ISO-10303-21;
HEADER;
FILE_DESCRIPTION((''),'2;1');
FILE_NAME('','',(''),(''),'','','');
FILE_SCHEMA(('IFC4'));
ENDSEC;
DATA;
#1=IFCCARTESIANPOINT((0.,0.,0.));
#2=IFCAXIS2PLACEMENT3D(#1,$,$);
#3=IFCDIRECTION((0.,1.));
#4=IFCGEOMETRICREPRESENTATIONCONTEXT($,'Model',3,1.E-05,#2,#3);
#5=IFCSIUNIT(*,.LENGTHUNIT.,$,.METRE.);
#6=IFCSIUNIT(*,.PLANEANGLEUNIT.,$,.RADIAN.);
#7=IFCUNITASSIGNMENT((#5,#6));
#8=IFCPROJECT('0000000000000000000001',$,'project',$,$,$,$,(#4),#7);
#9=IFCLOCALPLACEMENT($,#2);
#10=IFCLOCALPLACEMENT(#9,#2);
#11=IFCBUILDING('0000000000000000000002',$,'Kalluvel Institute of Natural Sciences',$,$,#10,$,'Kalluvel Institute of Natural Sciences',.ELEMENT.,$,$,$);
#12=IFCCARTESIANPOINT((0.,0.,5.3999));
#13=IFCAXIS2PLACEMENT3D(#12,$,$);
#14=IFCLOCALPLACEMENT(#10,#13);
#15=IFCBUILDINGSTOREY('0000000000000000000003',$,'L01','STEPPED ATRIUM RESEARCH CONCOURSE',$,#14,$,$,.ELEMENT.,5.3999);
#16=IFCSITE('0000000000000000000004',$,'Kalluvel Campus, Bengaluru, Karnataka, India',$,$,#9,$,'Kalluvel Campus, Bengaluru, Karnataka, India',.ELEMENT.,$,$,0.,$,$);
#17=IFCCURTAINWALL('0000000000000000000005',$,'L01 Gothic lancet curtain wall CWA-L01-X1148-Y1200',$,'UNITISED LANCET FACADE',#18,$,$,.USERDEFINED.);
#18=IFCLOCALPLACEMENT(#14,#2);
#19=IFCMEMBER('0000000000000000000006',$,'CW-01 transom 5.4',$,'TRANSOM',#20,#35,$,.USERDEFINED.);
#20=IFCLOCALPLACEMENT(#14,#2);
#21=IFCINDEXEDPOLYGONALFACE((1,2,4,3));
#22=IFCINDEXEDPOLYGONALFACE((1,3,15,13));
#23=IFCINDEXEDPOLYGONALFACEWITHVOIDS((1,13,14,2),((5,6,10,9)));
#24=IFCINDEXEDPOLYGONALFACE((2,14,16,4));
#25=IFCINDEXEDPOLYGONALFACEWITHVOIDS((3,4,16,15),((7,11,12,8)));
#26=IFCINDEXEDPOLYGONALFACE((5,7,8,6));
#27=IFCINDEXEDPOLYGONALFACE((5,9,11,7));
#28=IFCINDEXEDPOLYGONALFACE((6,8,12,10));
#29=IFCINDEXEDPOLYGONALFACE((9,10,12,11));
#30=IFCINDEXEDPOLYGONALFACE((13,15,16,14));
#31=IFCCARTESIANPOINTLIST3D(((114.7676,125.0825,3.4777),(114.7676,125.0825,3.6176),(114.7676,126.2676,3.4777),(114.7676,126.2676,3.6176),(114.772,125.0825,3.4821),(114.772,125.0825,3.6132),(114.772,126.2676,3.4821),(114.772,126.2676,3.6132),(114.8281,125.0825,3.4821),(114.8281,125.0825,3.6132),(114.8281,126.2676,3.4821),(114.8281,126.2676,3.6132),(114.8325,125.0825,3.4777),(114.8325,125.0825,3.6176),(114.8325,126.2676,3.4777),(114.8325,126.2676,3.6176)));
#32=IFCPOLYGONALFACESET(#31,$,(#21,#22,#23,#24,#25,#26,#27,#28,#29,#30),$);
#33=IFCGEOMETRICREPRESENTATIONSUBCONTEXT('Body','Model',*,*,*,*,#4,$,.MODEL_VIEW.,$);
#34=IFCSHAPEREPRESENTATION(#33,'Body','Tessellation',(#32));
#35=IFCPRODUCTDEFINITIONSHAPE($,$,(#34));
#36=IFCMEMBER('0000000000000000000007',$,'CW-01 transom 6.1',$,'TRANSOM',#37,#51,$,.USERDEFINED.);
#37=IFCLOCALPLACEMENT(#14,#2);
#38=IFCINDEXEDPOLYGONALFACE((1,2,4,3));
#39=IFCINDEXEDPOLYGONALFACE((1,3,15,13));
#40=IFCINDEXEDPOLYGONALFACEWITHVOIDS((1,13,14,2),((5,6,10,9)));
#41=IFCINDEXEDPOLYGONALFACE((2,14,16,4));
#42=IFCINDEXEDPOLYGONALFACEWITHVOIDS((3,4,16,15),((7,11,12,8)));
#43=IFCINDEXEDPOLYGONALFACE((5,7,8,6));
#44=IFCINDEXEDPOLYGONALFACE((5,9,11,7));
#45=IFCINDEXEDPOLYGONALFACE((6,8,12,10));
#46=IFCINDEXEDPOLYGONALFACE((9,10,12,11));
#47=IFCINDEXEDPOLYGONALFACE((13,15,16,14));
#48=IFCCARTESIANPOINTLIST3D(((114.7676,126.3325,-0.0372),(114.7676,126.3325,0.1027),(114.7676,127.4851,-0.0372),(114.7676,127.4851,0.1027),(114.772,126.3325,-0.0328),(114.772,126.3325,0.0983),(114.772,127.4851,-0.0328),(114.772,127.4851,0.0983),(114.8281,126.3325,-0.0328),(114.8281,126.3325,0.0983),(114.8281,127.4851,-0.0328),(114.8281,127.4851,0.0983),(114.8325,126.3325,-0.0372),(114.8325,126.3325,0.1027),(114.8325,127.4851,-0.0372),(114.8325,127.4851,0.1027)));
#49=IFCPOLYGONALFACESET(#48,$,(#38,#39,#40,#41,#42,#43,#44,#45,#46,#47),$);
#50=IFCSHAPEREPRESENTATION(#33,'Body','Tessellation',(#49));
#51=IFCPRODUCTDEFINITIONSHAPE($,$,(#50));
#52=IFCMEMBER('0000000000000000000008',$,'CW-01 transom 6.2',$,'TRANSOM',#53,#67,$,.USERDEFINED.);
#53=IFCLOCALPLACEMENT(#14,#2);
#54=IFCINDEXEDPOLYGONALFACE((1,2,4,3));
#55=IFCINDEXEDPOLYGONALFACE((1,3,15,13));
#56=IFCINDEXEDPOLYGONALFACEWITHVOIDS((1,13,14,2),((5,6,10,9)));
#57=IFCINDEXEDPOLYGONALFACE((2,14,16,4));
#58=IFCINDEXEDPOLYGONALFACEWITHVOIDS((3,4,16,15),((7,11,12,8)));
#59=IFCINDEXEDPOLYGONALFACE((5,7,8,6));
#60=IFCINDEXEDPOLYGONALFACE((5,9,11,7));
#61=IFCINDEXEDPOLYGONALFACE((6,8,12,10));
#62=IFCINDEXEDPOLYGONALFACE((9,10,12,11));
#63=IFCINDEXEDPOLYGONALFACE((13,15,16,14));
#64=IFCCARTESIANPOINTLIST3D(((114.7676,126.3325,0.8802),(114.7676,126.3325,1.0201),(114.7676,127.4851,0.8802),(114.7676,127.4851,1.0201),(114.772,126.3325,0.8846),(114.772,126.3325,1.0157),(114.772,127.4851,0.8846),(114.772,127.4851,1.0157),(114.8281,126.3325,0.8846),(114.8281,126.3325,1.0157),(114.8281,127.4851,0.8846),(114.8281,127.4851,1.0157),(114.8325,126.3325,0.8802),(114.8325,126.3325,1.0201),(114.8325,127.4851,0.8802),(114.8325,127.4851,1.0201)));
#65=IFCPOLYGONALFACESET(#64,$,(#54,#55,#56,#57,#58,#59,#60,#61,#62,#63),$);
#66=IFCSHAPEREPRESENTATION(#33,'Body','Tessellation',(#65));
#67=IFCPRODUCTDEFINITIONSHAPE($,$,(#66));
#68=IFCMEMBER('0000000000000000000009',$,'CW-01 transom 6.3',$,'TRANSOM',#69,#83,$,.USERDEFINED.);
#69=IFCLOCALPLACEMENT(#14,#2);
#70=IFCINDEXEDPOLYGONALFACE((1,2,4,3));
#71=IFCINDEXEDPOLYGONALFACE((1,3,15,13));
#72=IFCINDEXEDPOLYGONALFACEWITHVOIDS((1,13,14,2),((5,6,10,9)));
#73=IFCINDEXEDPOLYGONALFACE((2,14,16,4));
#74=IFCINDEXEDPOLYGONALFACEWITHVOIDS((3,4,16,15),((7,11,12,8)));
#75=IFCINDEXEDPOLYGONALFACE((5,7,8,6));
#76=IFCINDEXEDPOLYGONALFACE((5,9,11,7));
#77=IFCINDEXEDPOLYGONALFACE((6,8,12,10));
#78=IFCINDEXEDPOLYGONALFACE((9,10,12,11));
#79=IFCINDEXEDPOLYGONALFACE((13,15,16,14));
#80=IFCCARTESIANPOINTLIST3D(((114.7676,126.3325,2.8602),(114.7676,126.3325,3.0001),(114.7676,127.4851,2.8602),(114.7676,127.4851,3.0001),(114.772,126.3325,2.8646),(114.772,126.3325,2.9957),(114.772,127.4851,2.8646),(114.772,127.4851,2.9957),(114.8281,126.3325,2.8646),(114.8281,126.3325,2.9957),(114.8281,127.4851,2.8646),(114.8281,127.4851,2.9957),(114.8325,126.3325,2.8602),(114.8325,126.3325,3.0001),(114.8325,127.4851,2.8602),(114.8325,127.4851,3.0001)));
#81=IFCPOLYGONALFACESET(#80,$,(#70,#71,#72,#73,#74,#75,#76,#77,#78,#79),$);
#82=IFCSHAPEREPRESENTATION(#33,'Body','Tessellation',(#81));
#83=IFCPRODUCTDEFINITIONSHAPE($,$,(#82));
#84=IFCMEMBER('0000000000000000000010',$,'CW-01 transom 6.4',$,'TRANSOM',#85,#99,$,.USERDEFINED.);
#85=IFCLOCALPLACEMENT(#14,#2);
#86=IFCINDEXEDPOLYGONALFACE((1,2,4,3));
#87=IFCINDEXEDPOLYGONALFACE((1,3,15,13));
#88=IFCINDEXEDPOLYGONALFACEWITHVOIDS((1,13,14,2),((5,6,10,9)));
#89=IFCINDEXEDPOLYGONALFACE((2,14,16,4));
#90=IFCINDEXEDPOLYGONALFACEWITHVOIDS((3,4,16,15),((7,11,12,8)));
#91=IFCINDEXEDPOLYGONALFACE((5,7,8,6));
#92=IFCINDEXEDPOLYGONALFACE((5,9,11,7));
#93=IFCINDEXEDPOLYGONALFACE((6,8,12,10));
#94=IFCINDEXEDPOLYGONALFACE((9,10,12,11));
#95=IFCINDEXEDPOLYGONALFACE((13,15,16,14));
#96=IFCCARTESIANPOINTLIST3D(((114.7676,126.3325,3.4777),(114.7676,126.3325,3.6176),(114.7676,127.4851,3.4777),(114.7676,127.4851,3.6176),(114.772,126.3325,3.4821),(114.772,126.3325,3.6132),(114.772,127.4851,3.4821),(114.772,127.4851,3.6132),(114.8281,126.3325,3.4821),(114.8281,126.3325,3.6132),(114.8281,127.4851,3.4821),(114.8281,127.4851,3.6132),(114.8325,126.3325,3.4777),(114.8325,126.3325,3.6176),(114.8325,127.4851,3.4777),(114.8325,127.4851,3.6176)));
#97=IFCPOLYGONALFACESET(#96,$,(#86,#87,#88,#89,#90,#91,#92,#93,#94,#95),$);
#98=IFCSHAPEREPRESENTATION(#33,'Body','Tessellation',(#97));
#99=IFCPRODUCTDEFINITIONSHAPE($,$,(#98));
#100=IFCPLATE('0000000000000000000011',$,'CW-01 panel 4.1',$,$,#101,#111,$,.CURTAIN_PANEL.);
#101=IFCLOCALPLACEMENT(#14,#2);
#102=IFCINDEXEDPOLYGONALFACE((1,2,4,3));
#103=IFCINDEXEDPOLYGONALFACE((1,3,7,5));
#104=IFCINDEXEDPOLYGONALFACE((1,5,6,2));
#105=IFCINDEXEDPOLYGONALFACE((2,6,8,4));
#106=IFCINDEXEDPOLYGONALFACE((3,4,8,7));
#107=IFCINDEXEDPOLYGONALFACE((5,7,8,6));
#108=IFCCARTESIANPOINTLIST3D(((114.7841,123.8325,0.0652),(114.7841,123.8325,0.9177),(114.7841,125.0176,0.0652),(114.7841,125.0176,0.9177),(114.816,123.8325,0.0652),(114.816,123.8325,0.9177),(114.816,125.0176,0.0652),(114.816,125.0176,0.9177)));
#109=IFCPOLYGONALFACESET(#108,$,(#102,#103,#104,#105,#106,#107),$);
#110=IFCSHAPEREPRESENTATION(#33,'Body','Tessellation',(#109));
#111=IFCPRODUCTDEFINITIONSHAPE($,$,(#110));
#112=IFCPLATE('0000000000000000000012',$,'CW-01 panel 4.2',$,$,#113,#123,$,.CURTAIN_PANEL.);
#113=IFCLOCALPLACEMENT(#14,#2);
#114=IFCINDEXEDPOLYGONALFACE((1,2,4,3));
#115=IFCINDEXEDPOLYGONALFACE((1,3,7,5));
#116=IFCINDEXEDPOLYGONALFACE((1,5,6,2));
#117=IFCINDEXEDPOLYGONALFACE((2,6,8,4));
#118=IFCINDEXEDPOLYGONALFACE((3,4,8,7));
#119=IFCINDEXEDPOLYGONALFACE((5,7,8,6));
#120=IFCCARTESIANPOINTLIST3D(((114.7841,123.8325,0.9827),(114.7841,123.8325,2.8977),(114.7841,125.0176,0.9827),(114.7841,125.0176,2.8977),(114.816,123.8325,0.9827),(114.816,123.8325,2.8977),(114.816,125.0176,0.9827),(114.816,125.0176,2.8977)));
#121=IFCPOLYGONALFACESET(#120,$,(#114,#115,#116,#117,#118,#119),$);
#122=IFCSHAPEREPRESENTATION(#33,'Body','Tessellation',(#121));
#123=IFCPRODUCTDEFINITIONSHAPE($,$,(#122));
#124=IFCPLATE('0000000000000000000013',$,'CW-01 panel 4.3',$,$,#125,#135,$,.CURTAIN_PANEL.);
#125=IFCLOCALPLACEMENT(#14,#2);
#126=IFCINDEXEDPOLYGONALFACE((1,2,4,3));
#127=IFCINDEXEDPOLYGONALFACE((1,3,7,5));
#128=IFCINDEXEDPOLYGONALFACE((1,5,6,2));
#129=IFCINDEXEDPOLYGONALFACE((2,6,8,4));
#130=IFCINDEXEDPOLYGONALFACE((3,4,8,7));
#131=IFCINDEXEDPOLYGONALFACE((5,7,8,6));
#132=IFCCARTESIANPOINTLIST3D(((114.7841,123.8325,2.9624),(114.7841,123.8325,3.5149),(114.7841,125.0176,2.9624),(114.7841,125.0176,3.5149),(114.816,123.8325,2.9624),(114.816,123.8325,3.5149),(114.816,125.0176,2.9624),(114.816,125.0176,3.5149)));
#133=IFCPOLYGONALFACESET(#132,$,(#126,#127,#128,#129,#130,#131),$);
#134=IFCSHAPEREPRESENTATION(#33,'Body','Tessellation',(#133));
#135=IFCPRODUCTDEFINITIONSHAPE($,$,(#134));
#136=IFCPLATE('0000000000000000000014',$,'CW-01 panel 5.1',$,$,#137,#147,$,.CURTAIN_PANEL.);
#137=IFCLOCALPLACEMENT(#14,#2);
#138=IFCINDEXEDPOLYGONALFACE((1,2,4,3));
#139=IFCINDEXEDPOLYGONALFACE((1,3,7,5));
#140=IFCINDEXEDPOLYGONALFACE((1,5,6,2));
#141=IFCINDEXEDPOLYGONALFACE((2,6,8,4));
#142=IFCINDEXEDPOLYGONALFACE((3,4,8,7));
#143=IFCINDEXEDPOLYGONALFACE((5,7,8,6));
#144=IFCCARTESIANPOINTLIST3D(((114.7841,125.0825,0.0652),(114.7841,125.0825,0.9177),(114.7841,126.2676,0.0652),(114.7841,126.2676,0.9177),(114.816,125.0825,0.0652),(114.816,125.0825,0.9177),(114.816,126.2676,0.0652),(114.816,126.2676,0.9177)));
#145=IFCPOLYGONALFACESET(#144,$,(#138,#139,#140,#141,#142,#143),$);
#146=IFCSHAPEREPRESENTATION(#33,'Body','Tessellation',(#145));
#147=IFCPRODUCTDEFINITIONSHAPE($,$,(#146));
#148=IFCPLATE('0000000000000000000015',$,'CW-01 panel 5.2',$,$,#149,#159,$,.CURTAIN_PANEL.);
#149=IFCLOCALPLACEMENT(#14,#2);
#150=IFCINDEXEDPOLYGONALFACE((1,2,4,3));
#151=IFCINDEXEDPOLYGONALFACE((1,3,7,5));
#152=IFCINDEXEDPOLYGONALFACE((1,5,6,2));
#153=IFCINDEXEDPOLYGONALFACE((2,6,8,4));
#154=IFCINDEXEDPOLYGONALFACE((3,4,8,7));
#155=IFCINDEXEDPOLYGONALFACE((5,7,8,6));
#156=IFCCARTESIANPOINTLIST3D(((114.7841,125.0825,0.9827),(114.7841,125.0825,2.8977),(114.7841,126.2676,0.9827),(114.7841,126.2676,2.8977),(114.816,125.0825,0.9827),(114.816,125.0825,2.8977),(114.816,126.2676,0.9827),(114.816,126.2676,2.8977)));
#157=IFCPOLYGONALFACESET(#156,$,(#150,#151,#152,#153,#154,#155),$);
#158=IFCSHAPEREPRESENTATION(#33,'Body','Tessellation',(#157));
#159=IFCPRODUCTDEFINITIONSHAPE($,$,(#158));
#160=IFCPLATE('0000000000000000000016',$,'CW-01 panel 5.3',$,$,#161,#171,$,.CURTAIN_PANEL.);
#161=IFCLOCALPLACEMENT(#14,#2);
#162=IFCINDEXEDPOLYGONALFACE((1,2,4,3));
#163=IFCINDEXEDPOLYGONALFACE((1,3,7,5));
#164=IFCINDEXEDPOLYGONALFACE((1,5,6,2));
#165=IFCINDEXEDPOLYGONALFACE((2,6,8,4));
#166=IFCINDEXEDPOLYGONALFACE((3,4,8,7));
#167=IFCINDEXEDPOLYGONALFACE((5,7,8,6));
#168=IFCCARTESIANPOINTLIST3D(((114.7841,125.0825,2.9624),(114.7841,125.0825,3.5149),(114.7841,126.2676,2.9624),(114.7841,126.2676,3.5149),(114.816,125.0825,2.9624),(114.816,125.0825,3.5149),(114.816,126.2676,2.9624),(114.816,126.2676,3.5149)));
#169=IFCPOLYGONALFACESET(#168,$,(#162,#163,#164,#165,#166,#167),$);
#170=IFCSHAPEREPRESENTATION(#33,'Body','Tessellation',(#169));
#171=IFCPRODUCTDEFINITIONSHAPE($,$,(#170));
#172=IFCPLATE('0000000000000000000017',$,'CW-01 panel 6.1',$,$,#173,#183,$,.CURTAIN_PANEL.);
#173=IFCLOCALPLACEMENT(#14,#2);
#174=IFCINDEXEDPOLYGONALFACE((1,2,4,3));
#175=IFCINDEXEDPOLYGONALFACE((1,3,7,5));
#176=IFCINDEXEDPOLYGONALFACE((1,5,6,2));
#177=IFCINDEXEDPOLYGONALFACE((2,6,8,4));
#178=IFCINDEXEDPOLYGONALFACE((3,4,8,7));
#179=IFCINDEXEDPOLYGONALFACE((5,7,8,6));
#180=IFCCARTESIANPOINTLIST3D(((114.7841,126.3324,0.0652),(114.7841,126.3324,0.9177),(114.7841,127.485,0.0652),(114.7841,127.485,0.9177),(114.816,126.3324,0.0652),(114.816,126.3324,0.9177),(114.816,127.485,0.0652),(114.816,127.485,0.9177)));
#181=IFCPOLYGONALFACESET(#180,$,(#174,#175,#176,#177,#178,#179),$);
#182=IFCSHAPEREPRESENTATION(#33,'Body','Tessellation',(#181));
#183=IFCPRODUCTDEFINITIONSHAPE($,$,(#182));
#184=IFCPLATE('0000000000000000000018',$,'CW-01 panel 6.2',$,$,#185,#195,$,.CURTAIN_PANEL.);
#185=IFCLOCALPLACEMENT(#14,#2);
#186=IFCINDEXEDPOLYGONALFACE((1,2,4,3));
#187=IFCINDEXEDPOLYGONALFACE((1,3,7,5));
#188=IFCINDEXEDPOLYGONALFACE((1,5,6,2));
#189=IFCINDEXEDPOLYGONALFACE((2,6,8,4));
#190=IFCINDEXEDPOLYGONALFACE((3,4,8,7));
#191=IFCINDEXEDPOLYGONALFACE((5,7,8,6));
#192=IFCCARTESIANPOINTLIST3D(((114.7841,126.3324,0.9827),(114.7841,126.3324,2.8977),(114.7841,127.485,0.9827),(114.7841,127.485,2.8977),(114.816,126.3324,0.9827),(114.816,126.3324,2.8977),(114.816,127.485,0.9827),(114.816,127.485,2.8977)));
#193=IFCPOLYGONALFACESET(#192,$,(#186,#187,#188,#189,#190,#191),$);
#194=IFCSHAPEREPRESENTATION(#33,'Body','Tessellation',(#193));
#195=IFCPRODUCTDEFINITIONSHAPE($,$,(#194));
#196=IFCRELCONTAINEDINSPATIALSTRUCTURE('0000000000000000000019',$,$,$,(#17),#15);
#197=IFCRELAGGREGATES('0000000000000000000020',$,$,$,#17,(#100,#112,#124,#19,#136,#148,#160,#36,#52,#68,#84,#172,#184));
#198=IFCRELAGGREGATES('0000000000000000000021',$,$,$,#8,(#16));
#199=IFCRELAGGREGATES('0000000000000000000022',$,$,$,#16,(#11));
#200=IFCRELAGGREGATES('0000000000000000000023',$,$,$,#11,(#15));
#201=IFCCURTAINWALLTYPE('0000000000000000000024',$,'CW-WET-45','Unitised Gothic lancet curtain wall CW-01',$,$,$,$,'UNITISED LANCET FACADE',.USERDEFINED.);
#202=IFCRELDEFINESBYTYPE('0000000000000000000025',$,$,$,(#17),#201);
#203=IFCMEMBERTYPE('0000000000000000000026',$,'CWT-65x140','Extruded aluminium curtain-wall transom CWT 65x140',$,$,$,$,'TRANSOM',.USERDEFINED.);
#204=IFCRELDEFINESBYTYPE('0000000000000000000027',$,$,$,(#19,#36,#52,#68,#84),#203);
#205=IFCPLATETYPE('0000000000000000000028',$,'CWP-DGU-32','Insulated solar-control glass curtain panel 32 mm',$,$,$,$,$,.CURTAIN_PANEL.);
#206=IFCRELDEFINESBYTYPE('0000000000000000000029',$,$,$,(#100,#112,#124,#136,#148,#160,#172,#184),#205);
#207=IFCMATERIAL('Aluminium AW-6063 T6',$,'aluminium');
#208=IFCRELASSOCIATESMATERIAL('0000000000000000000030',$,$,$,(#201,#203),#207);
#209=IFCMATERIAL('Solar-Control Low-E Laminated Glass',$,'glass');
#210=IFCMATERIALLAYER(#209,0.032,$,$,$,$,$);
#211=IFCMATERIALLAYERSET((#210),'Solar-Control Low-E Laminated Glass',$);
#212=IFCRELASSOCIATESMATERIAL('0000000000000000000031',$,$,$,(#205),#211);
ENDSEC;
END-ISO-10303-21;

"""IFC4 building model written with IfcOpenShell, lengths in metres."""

from ifc_helpers import new_model, si_unit, direction, frame, origin, origin_2d, place, context, subcontext, project, spatial, rectangle, hollow_rectangle, extrude, material, layer, layer_set, material_profile, profile_set, type_object, element, aggregate, save


model = new_model("IFC4")

# Units and contexts
model_context = context("Model", 3, precision=1e-05, world=origin(), true_north=direction((0.0, 1.0)))
body_context = subcontext(model_context, "Body", "Model", "MODEL_VIEW")
ifc_project = project(units=[si_unit("LENGTHUNIT", "METRE"), si_unit("PLANEANGLEUNIT", "RADIAN")], contexts=[model_context])

# Site, building, storey
site_placement = place(None, origin())
site = spatial("IfcSite", under=ifc_project, at=site_placement, Name="Kalluvel Campus, Bengaluru, Karnataka, India", LongName="Kalluvel Campus, Bengaluru, Karnataka, India", CompositionType="ELEMENT", RefElevation=0.0)
building_placement = place(site_placement, origin())
building = spatial("IfcBuilding", under=site, at=building_placement, Name="Kalluvel Institute of Natural Sciences", LongName="Kalluvel Institute of Natural Sciences", CompositionType="ELEMENT")
storey_placement = place(building_placement, frame((0.0, 0.0, 5.3999)))
storey = spatial("IfcBuildingStorey", under=building, at=storey_placement, Name="L01", Description="STEPPED ATRIUM RESEARCH CONCOURSE", CompositionType="ELEMENT", Elevation=5.3999)

# Curtain wall, members, plates
ifc_material_1 = material(Name="Aluminium AW-6063 T6", Category="aluminium")
curtain_wall_type = type_object("IfcCurtainWallType", Name="CW-WET-45", Description="Unitised Gothic lancet curtain wall CW-01", ElementType="UNITISED LANCET FACADE", PredefinedType="USERDEFINED", material=ifc_material_1)
curtain_wall_placement = place(storey_placement, origin())
curtain_wall = element("IfcCurtainWall", 1, at=curtain_wall_placement, inside=storey, type_object=curtain_wall_type, Name="L01 Gothic lancet curtain wall CWA-L01-X1148-Y1200", ObjectType="UNITISED LANCET FACADE", PredefinedType="USERDEFINED")
ifc_material_profile_1 = material_profile(ifc_material_1, hollow_rectangle(XDim=0.0649, YDim=0.1399, WallThickness=0.0044, at=origin_2d()), Name="CWT 65x140")
ifc_profile_set_1 = profile_set([ifc_material_profile_1], Name="Aluminium AW-6063 T6")
member_type_1 = type_object("IfcMemberType", Name="CWT-65x140", Description="Extruded aluminium curtain-wall transom CWT 65x140", ElementType="TRANSOM", PredefinedType="USERDEFINED", material=ifc_profile_set_1)
member_1_placement = place(storey_placement, frame((114.8, 125.0825, 3.5476), z_axis=(0.0, 1.0, 0.0), x_axis=(-1.0, 0.0, 0.0)))
member_1 = element("IfcMember", 2, at=member_1_placement, type_object=member_type_1, Name="CW-01 transom 5.4", ObjectType="TRANSOM", PredefinedType="USERDEFINED", context=body_context, shape_type="SweptSolid", body=[
    extrude(hollow_rectangle(XDim=0.0649, YDim=0.1399, WallThickness=0.0044, at=origin_2d()), origin(), (0.0, 0.0, 1.0), 1.1851),
])
member_2_placement = place(storey_placement, frame((114.8, 126.3325, 0.0327), z_axis=(0.0, 1.0, 0.0), x_axis=(-1.0, 0.0, 0.0)))
member_2 = element("IfcMember", 3, at=member_2_placement, type_object=member_type_1, Name="CW-01 transom 6.1", ObjectType="TRANSOM", PredefinedType="USERDEFINED", context=body_context, shape_type="SweptSolid", body=[
    extrude(hollow_rectangle(XDim=0.0649, YDim=0.1399, WallThickness=0.0044, at=origin_2d()), origin(), (0.0, 0.0, 1.0), 1.1526),
])
member_3_placement = place(storey_placement, frame((114.8, 126.3325, 0.9502), z_axis=(0.0, 1.0, 0.0), x_axis=(-1.0, 0.0, 0.0)))
member_3 = element("IfcMember", 4, at=member_3_placement, type_object=member_type_1, Name="CW-01 transom 6.2", ObjectType="TRANSOM", PredefinedType="USERDEFINED", context=body_context, shape_type="SweptSolid", body=[
    extrude(hollow_rectangle(XDim=0.0649, YDim=0.1399, WallThickness=0.0044, at=origin_2d()), origin(), (0.0, 0.0, 1.0), 1.1526),
])
member_4_placement = place(storey_placement, frame((114.8, 126.3325, 2.9302), z_axis=(0.0, 1.0, 0.0), x_axis=(-1.0, 0.0, 0.0)))
member_4 = element("IfcMember", 5, at=member_4_placement, type_object=member_type_1, Name="CW-01 transom 6.3", ObjectType="TRANSOM", PredefinedType="USERDEFINED", context=body_context, shape_type="SweptSolid", body=[
    extrude(hollow_rectangle(XDim=0.0649, YDim=0.1399, WallThickness=0.0044, at=origin_2d()), origin(), (0.0, 0.0, 1.0), 1.1526),
])
member_5_placement = place(storey_placement, frame((114.8, 126.3325, 3.5476), z_axis=(0.0, 1.0, 0.0), x_axis=(-1.0, 0.0, 0.0)))
member_5 = element("IfcMember", 6, at=member_5_placement, type_object=member_type_1, Name="CW-01 transom 6.4", ObjectType="TRANSOM", PredefinedType="USERDEFINED", context=body_context, shape_type="SweptSolid", body=[
    extrude(hollow_rectangle(XDim=0.0649, YDim=0.1399, WallThickness=0.0044, at=origin_2d()), origin(), (0.0, 0.0, 1.0), 1.1526),
])
ifc_material_2 = material(Name="Solar-Control Low-E Laminated Glass", Category="glass")
ifc_layer_1 = layer(ifc_material_2, 0.032)
ifc_layer_set_1 = layer_set([ifc_layer_1], Name="Solar-Control Low-E Laminated Glass")
plate_type = type_object("IfcPlateType", Name="CWP-DGU-32", Description="Insulated solar-control glass curtain panel 32 mm", PredefinedType="CURTAIN_PANEL", material=ifc_layer_set_1)
plate_1_placement = place(storey_placement, frame((114.8, 124.425, 0.0652), z_axis=(0.0, 0.0, 1.0), x_axis=(0.0, 1.0, 0.0)))
plate_1 = element("IfcPlate", 7, at=plate_1_placement, type_object=plate_type, Name="CW-01 panel 4.1", PredefinedType="CURTAIN_PANEL", context=body_context, shape_type="SweptSolid", body=[
    extrude(rectangle(XDim=1.1851, YDim=0.032, at=origin_2d()), origin(), (0.0, 0.0, 1.0), 0.8525),
])
plate_2_placement = place(storey_placement, frame((114.8, 124.425, 0.9827), z_axis=(0.0, 0.0, 1.0), x_axis=(0.0, 1.0, 0.0)))
plate_2 = element("IfcPlate", 8, at=plate_2_placement, type_object=plate_type, Name="CW-01 panel 4.2", PredefinedType="CURTAIN_PANEL", context=body_context, shape_type="SweptSolid", body=[
    extrude(rectangle(XDim=1.1851, YDim=0.032, at=origin_2d()), origin(), (0.0, 0.0, 1.0), 1.915),
])
plate_3_placement = place(storey_placement, frame((114.8, 124.425, 2.9624), z_axis=(0.0, 0.0, 1.0), x_axis=(0.0, 1.0, 0.0)))
plate_3 = element("IfcPlate", 9, at=plate_3_placement, type_object=plate_type, Name="CW-01 panel 4.3", PredefinedType="CURTAIN_PANEL", context=body_context, shape_type="SweptSolid", body=[
    extrude(rectangle(XDim=1.1851, YDim=0.032, at=origin_2d()), origin(), (0.0, 0.0, 1.0), 0.5525),
])
plate_4_placement = place(storey_placement, frame((114.8, 125.675, 0.0652), z_axis=(0.0, 0.0, 1.0), x_axis=(0.0, 1.0, 0.0)))
plate_4 = element("IfcPlate", 10, at=plate_4_placement, type_object=plate_type, Name="CW-01 panel 5.1", PredefinedType="CURTAIN_PANEL", context=body_context, shape_type="SweptSolid", body=[
    extrude(rectangle(XDim=1.1851, YDim=0.032, at=origin_2d()), origin(), (0.0, 0.0, 1.0), 0.8525),
])
plate_5_placement = place(storey_placement, frame((114.8, 125.675, 0.9827), z_axis=(0.0, 0.0, 1.0), x_axis=(0.0, 1.0, 0.0)))
plate_5 = element("IfcPlate", 11, at=plate_5_placement, type_object=plate_type, Name="CW-01 panel 5.2", PredefinedType="CURTAIN_PANEL", context=body_context, shape_type="SweptSolid", body=[
    extrude(rectangle(XDim=1.1851, YDim=0.032, at=origin_2d()), origin(), (0.0, 0.0, 1.0), 1.915),
])
plate_6_placement = place(storey_placement, frame((114.8, 125.675, 2.9624), z_axis=(0.0, 0.0, 1.0), x_axis=(0.0, 1.0, 0.0)))
plate_6 = element("IfcPlate", 12, at=plate_6_placement, type_object=plate_type, Name="CW-01 panel 5.3", PredefinedType="CURTAIN_PANEL", context=body_context, shape_type="SweptSolid", body=[
    extrude(rectangle(XDim=1.1851, YDim=0.032, at=origin_2d()), origin(), (0.0, 0.0, 1.0), 0.5525),
])
plate_7_placement = place(storey_placement, frame((114.8, 126.9087, 0.0652), z_axis=(0.0, 0.0, 1.0), x_axis=(0.0, 1.0, 0.0)))
plate_7 = element("IfcPlate", 13, at=plate_7_placement, type_object=plate_type, Name="CW-01 panel 6.1", PredefinedType="CURTAIN_PANEL", context=body_context, shape_type="SweptSolid", body=[
    extrude(rectangle(XDim=1.1526, YDim=0.032, at=origin_2d()), origin(), (0.0, 0.0, 1.0), 0.8525),
])
plate_8_placement = place(storey_placement, frame((114.8, 126.9087, 0.9827), z_axis=(0.0, 0.0, 1.0), x_axis=(0.0, 1.0, 0.0)))
plate_8 = element("IfcPlate", 14, at=plate_8_placement, type_object=plate_type, Name="CW-01 panel 6.2", PredefinedType="CURTAIN_PANEL", context=body_context, shape_type="SweptSolid", body=[
    extrude(rectangle(XDim=1.1526, YDim=0.032, at=origin_2d()), origin(), (0.0, 0.0, 1.0), 1.915),
])
aggregate(curtain_wall, [plate_1, plate_2, plate_3, member_1, plate_4, plate_5, plate_6, member_2, member_3, member_4, member_5, plate_7, plate_8])

save(model, "model.ifc")
